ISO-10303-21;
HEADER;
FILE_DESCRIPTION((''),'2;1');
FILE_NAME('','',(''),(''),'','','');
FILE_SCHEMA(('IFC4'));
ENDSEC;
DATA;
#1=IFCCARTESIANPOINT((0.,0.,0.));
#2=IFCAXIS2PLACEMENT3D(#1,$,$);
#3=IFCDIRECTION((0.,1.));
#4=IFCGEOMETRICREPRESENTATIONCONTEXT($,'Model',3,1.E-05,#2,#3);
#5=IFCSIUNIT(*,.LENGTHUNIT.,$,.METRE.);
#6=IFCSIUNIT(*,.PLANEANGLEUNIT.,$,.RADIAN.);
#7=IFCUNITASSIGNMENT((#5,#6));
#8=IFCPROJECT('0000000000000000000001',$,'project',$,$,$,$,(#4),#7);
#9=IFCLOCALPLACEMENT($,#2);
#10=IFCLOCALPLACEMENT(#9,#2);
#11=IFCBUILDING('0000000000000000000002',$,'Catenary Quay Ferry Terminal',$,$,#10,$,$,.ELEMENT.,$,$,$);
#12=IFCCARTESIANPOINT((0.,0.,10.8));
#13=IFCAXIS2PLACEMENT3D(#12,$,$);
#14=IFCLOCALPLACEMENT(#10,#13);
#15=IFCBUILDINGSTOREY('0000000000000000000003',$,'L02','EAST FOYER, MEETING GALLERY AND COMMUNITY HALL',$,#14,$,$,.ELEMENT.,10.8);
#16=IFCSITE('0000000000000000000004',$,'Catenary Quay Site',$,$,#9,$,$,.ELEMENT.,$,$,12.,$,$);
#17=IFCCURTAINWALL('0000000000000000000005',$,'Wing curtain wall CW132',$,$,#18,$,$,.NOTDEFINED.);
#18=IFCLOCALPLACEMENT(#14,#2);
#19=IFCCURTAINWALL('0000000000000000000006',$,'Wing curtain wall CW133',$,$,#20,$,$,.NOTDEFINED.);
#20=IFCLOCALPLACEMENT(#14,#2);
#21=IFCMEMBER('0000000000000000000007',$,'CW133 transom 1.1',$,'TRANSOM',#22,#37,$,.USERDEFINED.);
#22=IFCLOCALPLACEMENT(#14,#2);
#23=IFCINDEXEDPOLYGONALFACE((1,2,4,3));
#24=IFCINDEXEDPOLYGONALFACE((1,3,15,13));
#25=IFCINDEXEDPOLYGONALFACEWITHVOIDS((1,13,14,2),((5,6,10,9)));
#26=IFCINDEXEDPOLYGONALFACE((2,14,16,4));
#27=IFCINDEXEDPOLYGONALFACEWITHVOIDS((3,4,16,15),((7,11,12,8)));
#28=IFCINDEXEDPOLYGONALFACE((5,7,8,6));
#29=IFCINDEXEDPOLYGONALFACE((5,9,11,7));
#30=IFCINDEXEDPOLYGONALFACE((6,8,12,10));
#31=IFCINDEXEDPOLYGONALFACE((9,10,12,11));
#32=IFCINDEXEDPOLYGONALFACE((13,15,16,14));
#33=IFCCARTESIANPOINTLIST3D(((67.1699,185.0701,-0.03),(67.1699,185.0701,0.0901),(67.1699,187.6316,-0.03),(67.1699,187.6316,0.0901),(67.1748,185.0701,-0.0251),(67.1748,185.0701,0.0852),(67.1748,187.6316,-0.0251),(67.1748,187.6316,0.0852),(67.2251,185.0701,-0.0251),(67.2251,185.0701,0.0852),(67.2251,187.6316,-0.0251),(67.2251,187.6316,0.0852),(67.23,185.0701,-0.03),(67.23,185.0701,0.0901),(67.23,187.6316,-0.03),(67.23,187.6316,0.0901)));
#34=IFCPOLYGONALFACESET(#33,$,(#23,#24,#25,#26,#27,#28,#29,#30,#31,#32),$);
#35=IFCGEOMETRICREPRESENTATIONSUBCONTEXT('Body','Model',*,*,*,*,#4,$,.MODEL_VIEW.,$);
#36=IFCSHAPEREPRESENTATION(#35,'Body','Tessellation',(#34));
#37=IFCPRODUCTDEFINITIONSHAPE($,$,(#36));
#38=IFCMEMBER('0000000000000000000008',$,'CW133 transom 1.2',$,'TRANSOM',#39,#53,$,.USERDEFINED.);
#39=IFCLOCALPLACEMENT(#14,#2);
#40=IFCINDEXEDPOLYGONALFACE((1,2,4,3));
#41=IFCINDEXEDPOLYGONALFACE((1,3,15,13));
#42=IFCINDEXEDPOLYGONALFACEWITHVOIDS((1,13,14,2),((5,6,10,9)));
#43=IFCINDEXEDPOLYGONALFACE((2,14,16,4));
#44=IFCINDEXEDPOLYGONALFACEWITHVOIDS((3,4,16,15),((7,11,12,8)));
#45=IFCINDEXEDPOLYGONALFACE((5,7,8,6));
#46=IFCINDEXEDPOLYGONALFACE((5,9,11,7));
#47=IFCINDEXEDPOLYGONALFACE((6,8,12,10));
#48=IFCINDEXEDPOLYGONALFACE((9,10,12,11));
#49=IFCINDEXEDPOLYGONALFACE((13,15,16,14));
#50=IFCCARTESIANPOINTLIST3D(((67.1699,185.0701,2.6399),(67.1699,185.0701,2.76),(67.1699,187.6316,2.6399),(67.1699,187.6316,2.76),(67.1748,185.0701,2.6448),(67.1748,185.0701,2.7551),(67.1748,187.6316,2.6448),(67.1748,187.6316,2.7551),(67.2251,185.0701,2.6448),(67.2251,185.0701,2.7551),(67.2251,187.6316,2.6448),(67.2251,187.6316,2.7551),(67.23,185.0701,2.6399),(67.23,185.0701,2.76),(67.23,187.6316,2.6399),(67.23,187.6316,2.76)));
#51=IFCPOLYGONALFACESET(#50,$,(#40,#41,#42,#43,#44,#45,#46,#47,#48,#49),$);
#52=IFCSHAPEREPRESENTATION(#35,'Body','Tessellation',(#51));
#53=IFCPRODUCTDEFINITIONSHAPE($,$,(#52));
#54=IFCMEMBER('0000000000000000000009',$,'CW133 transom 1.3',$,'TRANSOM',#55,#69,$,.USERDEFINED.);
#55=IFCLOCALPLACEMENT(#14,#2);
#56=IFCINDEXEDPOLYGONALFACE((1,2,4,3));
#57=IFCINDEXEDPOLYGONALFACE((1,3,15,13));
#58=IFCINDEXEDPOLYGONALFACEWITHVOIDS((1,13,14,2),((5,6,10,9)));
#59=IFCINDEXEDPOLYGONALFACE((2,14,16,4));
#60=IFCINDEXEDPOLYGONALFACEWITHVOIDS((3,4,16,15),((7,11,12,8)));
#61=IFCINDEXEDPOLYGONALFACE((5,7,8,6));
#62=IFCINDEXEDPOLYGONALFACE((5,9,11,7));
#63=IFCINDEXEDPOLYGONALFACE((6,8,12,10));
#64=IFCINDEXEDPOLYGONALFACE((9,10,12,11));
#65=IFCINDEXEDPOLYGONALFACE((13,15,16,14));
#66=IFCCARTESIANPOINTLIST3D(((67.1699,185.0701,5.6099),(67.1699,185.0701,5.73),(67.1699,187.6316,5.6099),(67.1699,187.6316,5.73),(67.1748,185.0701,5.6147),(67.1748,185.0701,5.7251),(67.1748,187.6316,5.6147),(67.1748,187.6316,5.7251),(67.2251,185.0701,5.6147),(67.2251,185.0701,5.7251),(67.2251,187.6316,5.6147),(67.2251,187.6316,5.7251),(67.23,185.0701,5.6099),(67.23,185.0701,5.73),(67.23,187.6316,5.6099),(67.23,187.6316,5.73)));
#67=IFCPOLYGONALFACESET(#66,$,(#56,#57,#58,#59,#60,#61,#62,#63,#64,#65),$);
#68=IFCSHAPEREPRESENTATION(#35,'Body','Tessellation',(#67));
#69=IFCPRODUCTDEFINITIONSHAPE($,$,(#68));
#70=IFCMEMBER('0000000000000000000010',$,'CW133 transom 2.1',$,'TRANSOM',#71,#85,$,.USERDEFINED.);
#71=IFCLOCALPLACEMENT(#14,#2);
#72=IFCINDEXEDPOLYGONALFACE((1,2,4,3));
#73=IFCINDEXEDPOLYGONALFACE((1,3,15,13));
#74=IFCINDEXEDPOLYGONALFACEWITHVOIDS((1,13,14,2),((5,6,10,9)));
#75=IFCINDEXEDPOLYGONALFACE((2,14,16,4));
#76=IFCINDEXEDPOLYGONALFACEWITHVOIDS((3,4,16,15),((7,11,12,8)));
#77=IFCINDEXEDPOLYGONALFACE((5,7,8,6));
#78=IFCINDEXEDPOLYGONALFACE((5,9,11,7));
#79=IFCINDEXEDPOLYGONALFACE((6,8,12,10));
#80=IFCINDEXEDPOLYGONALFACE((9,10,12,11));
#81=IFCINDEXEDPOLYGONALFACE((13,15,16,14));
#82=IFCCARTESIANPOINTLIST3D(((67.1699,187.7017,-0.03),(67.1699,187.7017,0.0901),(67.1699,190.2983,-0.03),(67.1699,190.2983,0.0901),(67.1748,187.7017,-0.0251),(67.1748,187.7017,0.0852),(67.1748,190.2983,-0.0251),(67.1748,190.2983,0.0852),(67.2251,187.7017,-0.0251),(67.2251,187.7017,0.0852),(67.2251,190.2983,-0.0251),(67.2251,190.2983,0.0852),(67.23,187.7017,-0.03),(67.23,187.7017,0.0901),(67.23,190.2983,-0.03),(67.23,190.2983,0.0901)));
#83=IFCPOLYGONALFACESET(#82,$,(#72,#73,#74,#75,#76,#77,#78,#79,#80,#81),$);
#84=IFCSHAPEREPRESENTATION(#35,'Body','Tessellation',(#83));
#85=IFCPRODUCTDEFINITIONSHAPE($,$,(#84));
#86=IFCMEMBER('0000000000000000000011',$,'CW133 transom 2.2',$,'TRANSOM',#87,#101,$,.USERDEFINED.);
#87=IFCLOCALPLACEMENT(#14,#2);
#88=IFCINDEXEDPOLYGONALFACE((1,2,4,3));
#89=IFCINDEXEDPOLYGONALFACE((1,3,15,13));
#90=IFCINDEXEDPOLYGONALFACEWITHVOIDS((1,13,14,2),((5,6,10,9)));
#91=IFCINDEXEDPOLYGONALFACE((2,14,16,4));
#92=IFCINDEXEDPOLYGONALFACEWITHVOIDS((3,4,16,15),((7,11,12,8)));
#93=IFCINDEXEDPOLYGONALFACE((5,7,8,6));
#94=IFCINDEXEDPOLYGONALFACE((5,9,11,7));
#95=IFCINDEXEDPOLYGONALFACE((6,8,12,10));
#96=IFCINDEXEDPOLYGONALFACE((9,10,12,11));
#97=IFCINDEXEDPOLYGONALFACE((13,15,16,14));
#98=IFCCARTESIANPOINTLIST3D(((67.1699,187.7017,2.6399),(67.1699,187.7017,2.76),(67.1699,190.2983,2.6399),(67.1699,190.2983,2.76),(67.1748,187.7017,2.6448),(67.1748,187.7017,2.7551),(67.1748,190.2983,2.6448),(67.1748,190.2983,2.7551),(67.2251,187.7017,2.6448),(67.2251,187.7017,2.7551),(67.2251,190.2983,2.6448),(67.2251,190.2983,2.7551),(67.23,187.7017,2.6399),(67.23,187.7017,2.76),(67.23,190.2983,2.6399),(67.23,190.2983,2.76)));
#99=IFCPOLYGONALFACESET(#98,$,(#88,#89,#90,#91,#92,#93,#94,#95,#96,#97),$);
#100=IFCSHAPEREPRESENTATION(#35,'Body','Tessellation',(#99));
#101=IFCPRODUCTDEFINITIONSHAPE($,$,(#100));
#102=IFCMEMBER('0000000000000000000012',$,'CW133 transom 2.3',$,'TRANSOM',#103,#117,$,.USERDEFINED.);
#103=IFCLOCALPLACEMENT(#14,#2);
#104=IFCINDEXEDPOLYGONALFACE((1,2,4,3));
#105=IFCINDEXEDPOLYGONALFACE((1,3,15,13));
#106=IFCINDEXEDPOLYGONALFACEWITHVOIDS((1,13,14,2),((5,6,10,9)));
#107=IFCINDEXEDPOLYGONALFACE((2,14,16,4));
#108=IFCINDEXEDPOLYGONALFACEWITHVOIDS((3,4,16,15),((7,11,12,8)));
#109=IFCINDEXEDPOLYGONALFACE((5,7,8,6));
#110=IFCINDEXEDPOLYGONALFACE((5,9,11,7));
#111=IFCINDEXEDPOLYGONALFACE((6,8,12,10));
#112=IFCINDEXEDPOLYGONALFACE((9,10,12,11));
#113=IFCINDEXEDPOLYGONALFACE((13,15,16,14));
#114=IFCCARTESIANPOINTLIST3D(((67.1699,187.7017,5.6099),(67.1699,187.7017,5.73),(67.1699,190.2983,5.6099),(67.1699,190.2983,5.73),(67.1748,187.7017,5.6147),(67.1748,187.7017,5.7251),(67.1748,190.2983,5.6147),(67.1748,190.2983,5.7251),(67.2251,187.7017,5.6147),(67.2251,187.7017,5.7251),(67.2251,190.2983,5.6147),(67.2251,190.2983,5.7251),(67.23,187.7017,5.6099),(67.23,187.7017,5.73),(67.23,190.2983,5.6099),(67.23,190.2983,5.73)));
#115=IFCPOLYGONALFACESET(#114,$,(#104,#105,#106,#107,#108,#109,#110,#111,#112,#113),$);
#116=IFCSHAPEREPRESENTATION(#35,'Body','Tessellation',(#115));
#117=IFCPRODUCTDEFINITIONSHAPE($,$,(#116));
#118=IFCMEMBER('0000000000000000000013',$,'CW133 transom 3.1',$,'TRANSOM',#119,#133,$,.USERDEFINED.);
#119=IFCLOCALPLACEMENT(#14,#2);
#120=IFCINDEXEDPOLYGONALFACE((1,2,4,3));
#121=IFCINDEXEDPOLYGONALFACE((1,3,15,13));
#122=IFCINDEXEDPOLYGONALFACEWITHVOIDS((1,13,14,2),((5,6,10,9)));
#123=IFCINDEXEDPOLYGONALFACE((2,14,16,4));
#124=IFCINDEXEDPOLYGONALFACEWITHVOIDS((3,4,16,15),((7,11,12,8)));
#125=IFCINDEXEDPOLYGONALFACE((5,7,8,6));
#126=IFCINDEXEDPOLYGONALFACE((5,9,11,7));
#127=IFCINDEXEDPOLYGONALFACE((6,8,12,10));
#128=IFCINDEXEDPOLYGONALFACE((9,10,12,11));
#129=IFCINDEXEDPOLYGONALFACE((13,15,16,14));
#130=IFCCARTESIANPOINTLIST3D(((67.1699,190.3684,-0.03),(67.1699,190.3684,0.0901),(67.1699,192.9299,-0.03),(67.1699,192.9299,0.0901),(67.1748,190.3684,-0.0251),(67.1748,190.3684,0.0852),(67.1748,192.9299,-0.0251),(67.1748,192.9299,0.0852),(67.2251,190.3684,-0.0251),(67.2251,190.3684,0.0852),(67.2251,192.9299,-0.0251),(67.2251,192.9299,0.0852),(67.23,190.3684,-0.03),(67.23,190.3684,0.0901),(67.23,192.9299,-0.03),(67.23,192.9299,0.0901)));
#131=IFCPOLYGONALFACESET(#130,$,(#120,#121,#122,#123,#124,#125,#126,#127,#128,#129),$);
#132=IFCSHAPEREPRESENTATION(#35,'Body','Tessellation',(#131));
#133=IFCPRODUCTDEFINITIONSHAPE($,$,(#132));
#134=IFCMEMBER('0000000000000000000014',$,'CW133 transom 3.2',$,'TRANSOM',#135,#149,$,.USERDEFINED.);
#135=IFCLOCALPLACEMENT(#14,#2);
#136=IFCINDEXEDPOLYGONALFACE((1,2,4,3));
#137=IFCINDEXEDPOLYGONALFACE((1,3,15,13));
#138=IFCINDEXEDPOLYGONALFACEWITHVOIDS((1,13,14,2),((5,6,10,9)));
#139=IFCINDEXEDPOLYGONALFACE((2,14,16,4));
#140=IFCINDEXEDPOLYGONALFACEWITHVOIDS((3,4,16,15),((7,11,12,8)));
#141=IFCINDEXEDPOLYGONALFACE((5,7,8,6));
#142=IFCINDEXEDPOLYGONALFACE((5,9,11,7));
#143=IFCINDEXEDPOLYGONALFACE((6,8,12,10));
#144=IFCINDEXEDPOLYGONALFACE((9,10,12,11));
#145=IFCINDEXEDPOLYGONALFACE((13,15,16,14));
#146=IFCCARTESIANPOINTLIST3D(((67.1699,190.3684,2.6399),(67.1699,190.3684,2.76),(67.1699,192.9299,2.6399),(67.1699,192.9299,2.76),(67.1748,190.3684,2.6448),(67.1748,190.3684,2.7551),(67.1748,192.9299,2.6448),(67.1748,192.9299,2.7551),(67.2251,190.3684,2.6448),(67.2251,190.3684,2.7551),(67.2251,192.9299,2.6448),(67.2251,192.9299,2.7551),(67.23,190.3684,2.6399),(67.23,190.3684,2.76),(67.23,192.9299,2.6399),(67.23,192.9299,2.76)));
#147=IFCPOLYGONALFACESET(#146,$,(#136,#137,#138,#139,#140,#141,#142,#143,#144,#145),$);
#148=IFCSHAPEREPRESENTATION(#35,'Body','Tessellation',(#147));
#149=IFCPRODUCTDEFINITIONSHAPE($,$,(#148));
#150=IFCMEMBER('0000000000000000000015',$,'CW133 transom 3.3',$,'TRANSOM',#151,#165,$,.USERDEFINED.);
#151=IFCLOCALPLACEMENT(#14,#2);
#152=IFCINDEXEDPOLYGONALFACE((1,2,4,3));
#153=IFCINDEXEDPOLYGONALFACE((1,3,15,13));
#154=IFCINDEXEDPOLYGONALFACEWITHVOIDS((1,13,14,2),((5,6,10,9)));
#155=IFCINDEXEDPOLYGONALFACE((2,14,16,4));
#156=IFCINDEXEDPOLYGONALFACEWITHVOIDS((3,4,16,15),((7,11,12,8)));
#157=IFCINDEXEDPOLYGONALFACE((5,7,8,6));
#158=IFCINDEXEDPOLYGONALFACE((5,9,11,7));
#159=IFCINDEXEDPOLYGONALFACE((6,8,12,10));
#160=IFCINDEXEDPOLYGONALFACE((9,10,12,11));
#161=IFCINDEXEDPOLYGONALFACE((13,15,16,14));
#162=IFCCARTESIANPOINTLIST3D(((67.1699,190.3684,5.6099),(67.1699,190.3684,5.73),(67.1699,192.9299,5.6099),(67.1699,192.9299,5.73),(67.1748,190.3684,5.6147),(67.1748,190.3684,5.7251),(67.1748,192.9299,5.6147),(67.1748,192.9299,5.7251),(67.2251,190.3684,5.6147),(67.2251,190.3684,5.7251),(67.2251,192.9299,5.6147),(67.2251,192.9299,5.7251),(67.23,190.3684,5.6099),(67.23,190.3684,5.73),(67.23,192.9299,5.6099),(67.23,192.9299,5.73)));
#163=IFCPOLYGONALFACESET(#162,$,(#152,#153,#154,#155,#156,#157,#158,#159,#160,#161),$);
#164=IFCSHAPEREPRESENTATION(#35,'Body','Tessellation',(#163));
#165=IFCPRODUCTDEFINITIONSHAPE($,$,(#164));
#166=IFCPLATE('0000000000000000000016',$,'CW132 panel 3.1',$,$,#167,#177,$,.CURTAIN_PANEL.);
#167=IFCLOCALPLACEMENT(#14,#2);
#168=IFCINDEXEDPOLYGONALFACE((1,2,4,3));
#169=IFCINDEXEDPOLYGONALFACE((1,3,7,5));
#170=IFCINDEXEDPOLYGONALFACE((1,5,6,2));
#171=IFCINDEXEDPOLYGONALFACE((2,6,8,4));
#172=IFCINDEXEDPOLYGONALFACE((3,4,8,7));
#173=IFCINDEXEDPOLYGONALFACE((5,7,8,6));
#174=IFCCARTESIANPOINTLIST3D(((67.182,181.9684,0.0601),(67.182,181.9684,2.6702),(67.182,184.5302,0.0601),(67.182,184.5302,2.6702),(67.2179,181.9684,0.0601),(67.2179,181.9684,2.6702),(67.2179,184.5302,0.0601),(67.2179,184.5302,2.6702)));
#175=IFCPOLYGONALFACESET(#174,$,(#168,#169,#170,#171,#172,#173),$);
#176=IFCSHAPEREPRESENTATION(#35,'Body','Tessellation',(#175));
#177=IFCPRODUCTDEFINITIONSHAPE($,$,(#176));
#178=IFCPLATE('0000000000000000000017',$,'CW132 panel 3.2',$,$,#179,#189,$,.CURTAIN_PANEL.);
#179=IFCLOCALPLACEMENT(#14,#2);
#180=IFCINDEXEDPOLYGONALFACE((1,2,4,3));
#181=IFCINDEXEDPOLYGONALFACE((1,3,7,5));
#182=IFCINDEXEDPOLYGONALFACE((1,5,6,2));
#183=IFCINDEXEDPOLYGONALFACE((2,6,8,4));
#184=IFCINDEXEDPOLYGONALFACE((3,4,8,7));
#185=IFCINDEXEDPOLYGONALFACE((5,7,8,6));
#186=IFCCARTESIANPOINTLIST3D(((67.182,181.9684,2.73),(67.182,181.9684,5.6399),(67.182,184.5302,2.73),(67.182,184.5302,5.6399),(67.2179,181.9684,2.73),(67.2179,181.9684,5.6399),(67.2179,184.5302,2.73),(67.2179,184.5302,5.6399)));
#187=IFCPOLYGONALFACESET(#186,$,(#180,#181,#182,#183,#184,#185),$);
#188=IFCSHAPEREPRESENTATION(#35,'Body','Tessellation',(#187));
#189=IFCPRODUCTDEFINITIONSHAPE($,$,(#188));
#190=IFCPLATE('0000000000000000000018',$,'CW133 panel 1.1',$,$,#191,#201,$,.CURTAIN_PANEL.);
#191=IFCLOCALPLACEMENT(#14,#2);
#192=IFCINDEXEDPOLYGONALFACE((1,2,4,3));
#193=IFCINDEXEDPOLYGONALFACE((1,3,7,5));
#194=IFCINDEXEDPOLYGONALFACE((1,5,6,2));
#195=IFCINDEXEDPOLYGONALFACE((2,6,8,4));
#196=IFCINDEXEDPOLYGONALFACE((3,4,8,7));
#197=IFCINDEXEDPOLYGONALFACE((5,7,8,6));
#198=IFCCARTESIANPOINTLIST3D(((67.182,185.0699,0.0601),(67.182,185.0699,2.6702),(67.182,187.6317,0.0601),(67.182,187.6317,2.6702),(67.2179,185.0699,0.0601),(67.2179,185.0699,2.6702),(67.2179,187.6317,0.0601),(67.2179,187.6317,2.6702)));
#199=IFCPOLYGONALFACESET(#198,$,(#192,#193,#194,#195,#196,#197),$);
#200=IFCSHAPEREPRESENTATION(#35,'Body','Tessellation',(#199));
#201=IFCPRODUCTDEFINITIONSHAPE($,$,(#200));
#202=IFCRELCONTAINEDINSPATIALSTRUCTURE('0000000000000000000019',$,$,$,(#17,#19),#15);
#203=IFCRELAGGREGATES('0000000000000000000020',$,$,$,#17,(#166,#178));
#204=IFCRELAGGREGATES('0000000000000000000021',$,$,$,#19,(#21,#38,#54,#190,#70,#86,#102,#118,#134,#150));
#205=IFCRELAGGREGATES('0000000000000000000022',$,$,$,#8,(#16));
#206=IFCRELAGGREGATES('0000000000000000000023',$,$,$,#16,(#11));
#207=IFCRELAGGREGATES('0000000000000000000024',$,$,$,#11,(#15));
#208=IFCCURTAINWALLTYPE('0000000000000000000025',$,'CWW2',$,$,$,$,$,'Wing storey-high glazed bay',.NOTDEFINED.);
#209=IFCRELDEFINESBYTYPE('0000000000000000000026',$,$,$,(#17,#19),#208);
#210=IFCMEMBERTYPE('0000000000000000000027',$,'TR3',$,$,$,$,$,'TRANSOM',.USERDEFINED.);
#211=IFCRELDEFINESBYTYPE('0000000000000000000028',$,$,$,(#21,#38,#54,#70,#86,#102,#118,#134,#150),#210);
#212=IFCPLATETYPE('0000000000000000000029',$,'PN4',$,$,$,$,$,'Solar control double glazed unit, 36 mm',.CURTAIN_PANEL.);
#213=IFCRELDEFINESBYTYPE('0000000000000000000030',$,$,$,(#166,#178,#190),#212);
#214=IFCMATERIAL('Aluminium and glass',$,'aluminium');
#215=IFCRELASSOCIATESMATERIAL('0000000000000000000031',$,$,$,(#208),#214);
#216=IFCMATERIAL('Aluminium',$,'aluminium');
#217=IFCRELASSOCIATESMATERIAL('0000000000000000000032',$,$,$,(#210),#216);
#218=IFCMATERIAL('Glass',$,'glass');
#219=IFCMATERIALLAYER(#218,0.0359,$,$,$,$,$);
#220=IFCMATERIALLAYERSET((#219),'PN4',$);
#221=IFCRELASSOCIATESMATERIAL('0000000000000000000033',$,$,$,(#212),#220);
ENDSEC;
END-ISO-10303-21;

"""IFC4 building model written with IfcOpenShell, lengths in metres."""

from ifc_helpers import new_model, si_unit, direction, frame, origin, origin_2d, place, context, subcontext, project, spatial, rectangle, hollow_rectangle, extrude, material, layer, layer_set, material_profile, profile_set, type_object, element, aggregate, save


model = new_model("IFC4")

# Units and contexts
model_context = context("Model", 3, precision=1e-05, world=origin(), true_north=direction((0.0, 1.0)))
body_context = subcontext(model_context, "Body", "Model", "MODEL_VIEW")
ifc_project = project(units=[si_unit("LENGTHUNIT", "METRE"), si_unit("PLANEANGLEUNIT", "RADIAN")], contexts=[model_context])

# Site, building, storey
site_placement = place(None, origin())
site = spatial("IfcSite", under=ifc_project, at=site_placement, Name="Catenary Quay Site", CompositionType="ELEMENT", RefElevation=12.0)
building_placement = place(site_placement, origin())
building = spatial("IfcBuilding", under=site, at=building_placement, Name="Catenary Quay Ferry Terminal", CompositionType="ELEMENT")
storey_placement = place(building_placement, frame((0.0, 0.0, 10.8)))
storey = spatial("IfcBuildingStorey", under=building, at=storey_placement, Name="L02", Description="EAST FOYER, MEETING GALLERY AND COMMUNITY HALL", CompositionType="ELEMENT", Elevation=10.8)

# Curtain walls
ifc_material_1 = material(Name="Aluminium and glass", Category="aluminium")
curtain_wall_type = type_object("IfcCurtainWallType", Name="CWW2", ElementType="Wing storey-high glazed bay", PredefinedType="NOTDEFINED", material=ifc_material_1)
curtain_wall_1_placement = place(storey_placement, origin())
curtain_wall_1 = element("IfcCurtainWall", 1, at=curtain_wall_1_placement, inside=storey, type_object=curtain_wall_type, Name="Wing curtain wall CW132", PredefinedType="NOTDEFINED")
curtain_wall_2_placement = place(storey_placement, origin())
curtain_wall_2 = element("IfcCurtainWall", 2, at=curtain_wall_2_placement, inside=storey, type_object=curtain_wall_type, Name="Wing curtain wall CW133", PredefinedType="NOTDEFINED")

# Members
ifc_material_2 = material(Name="Aluminium", Category="aluminium")
ifc_material_profile_1 = material_profile(ifc_material_2, hollow_rectangle(XDim=0.0601, YDim=0.1201, WallThickness=0.0049, at=origin_2d()), Name="TR3")
ifc_profile_set_1 = profile_set([ifc_material_profile_1], Name="Aluminium")
member_type_1 = type_object("IfcMemberType", Name="TR3", ElementType="TRANSOM", PredefinedType="USERDEFINED", material=ifc_profile_set_1)
member_1_placement = place(storey_placement, frame((67.2, 185.0701, 0.03), z_axis=(0.0, 1.0, 0.0), x_axis=(-1.0, 0.0, 0.0)))
member_1 = element("IfcMember", 3, at=member_1_placement, type_object=member_type_1, Name="CW133 transom 1.1", ObjectType="TRANSOM", PredefinedType="USERDEFINED", context=body_context, shape_type="SweptSolid", body=[
    extrude(hollow_rectangle(XDim=0.0601, YDim=0.1201, WallThickness=0.0049, at=origin_2d()), origin(), (0.0, 0.0, 1.0), 2.5615),
])
member_2_placement = place(storey_placement, frame((67.2, 185.0701, 2.7), z_axis=(0.0, 1.0, 0.0), x_axis=(-1.0, 0.0, 0.0)))
member_2 = element("IfcMember", 4, at=member_2_placement, type_object=member_type_1, Name="CW133 transom 1.2", ObjectType="TRANSOM", PredefinedType="USERDEFINED", context=body_context, shape_type="SweptSolid", body=[
    extrude(hollow_rectangle(XDim=0.0601, YDim=0.1201, WallThickness=0.0049, at=origin_2d()), origin(), (0.0, 0.0, 1.0), 2.5615),
])
member_3_placement = place(storey_placement, frame((67.2, 185.0701, 5.6699), z_axis=(0.0, 1.0, 0.0), x_axis=(-1.0, 0.0, 0.0)))
member_3 = element("IfcMember", 5, at=member_3_placement, type_object=member_type_1, Name="CW133 transom 1.3", ObjectType="TRANSOM", PredefinedType="USERDEFINED", context=body_context, shape_type="SweptSolid", body=[
    extrude(hollow_rectangle(XDim=0.0601, YDim=0.1201, WallThickness=0.0049, at=origin_2d()), origin(), (0.0, 0.0, 1.0), 2.5615),
])
member_4_placement = place(storey_placement, frame((67.2, 187.7017, 0.03), z_axis=(0.0, 1.0, 0.0), x_axis=(-1.0, 0.0, 0.0)))
member_4 = element("IfcMember", 6, at=member_4_placement, type_object=member_type_1, Name="CW133 transom 2.1", ObjectType="TRANSOM", PredefinedType="USERDEFINED", context=body_context, shape_type="SweptSolid", body=[
    extrude(hollow_rectangle(XDim=0.0601, YDim=0.1201, WallThickness=0.0049, at=origin_2d()), origin(), (0.0, 0.0, 1.0), 2.5967),
])
member_5_placement = place(storey_placement, frame((67.2, 187.7017, 2.7), z_axis=(0.0, 1.0, 0.0), x_axis=(-1.0, 0.0, 0.0)))
member_5 = element("IfcMember", 7, at=member_5_placement, type_object=member_type_1, Name="CW133 transom 2.2", ObjectType="TRANSOM", PredefinedType="USERDEFINED", context=body_context, shape_type="SweptSolid", body=[
    extrude(hollow_rectangle(XDim=0.0601, YDim=0.1201, WallThickness=0.0049, at=origin_2d()), origin(), (0.0, 0.0, 1.0), 2.5967),
])
member_6_placement = place(storey_placement, frame((67.2, 187.7017, 5.6699), z_axis=(0.0, 1.0, 0.0), x_axis=(-1.0, 0.0, 0.0)))
member_6 = element("IfcMember", 8, at=member_6_placement, type_object=member_type_1, Name="CW133 transom 2.3", ObjectType="TRANSOM", PredefinedType="USERDEFINED", context=body_context, shape_type="SweptSolid", body=[
    extrude(hollow_rectangle(XDim=0.0601, YDim=0.1201, WallThickness=0.0049, at=origin_2d()), origin(), (0.0, 0.0, 1.0), 2.5967),
])
member_7_placement = place(storey_placement, frame((67.2, 190.3684, 0.03), z_axis=(0.0, 1.0, 0.0), x_axis=(-1.0, 0.0, 0.0)))
member_7 = element("IfcMember", 9, at=member_7_placement, type_object=member_type_1, Name="CW133 transom 3.1", ObjectType="TRANSOM", PredefinedType="USERDEFINED", context=body_context, shape_type="SweptSolid", body=[
    extrude(hollow_rectangle(XDim=0.0601, YDim=0.1201, WallThickness=0.0049, at=origin_2d()), origin(), (0.0, 0.0, 1.0), 2.5615),
])
member_8_placement = place(storey_placement, frame((67.2, 190.3684, 2.7), z_axis=(0.0, 1.0, 0.0), x_axis=(-1.0, 0.0, 0.0)))
member_8 = element("IfcMember", 10, at=member_8_placement, type_object=member_type_1, Name="CW133 transom 3.2", ObjectType="TRANSOM", PredefinedType="USERDEFINED", context=body_context, shape_type="SweptSolid", body=[
    extrude(hollow_rectangle(XDim=0.0601, YDim=0.1201, WallThickness=0.0049, at=origin_2d()), origin(), (0.0, 0.0, 1.0), 2.5615),
])
member_9_placement = place(storey_placement, frame((67.2, 190.3684, 5.6699), z_axis=(0.0, 1.0, 0.0), x_axis=(-1.0, 0.0, 0.0)))
member_9 = element("IfcMember", 11, at=member_9_placement, type_object=member_type_1, Name="CW133 transom 3.3", ObjectType="TRANSOM", PredefinedType="USERDEFINED", context=body_context, shape_type="SweptSolid", body=[
    extrude(hollow_rectangle(XDim=0.0601, YDim=0.1201, WallThickness=0.0049, at=origin_2d()), origin(), (0.0, 0.0, 1.0), 2.5615),
])

# Plates
ifc_material_3 = material(Name="Glass", Category="glass")
ifc_layer_1 = layer(ifc_material_3, 0.0359)
ifc_layer_set_1 = layer_set([ifc_layer_1], Name="PN4")
plate_type = type_object("IfcPlateType", Name="PN4", ElementType="Solar control double glazed unit, 36 mm", PredefinedType="CURTAIN_PANEL", material=ifc_layer_set_1)
plate_1_placement = place(storey_placement, frame((67.2, 183.2493, 0.0601), z_axis=(0.0, 0.0, 1.0), x_axis=(0.0, 1.0, 0.0)))
plate_1 = element("IfcPlate", 12, at=plate_1_placement, type_object=plate_type, Name="CW132 panel 3.1", PredefinedType="CURTAIN_PANEL", context=body_context, shape_type="SweptSolid", body=[
    extrude(rectangle(XDim=2.5618, YDim=0.0359, at=origin_2d()), origin(), (0.0, 0.0, 1.0), 2.6101),
])
plate_2_placement = place(storey_placement, frame((67.2, 183.2493, 2.73), z_axis=(0.0, 0.0, 1.0), x_axis=(0.0, 1.0, 0.0)))
plate_2 = element("IfcPlate", 13, at=plate_2_placement, type_object=plate_type, Name="CW132 panel 3.2", PredefinedType="CURTAIN_PANEL", context=body_context, shape_type="SweptSolid", body=[
    extrude(rectangle(XDim=2.5618, YDim=0.0359, at=origin_2d()), origin(), (0.0, 0.0, 1.0), 2.9099),
])
aggregate(curtain_wall_1, [plate_1, plate_2])
plate_3_placement = place(storey_placement, frame((67.2, 186.3508, 0.0601), z_axis=(0.0, 0.0, 1.0), x_axis=(0.0, 1.0, 0.0)))
plate_3 = element("IfcPlate", 14, at=plate_3_placement, type_object=plate_type, Name="CW133 panel 1.1", PredefinedType="CURTAIN_PANEL", context=body_context, shape_type="SweptSolid", body=[
    extrude(rectangle(XDim=2.5618, YDim=0.0359, at=origin_2d()), origin(), (0.0, 0.0, 1.0), 2.6101),
])
aggregate(curtain_wall_2, [member_1, member_2, member_3, plate_3, member_4, member_5, member_6, member_7, member_8, member_9])

save(model, "model.ifc")
